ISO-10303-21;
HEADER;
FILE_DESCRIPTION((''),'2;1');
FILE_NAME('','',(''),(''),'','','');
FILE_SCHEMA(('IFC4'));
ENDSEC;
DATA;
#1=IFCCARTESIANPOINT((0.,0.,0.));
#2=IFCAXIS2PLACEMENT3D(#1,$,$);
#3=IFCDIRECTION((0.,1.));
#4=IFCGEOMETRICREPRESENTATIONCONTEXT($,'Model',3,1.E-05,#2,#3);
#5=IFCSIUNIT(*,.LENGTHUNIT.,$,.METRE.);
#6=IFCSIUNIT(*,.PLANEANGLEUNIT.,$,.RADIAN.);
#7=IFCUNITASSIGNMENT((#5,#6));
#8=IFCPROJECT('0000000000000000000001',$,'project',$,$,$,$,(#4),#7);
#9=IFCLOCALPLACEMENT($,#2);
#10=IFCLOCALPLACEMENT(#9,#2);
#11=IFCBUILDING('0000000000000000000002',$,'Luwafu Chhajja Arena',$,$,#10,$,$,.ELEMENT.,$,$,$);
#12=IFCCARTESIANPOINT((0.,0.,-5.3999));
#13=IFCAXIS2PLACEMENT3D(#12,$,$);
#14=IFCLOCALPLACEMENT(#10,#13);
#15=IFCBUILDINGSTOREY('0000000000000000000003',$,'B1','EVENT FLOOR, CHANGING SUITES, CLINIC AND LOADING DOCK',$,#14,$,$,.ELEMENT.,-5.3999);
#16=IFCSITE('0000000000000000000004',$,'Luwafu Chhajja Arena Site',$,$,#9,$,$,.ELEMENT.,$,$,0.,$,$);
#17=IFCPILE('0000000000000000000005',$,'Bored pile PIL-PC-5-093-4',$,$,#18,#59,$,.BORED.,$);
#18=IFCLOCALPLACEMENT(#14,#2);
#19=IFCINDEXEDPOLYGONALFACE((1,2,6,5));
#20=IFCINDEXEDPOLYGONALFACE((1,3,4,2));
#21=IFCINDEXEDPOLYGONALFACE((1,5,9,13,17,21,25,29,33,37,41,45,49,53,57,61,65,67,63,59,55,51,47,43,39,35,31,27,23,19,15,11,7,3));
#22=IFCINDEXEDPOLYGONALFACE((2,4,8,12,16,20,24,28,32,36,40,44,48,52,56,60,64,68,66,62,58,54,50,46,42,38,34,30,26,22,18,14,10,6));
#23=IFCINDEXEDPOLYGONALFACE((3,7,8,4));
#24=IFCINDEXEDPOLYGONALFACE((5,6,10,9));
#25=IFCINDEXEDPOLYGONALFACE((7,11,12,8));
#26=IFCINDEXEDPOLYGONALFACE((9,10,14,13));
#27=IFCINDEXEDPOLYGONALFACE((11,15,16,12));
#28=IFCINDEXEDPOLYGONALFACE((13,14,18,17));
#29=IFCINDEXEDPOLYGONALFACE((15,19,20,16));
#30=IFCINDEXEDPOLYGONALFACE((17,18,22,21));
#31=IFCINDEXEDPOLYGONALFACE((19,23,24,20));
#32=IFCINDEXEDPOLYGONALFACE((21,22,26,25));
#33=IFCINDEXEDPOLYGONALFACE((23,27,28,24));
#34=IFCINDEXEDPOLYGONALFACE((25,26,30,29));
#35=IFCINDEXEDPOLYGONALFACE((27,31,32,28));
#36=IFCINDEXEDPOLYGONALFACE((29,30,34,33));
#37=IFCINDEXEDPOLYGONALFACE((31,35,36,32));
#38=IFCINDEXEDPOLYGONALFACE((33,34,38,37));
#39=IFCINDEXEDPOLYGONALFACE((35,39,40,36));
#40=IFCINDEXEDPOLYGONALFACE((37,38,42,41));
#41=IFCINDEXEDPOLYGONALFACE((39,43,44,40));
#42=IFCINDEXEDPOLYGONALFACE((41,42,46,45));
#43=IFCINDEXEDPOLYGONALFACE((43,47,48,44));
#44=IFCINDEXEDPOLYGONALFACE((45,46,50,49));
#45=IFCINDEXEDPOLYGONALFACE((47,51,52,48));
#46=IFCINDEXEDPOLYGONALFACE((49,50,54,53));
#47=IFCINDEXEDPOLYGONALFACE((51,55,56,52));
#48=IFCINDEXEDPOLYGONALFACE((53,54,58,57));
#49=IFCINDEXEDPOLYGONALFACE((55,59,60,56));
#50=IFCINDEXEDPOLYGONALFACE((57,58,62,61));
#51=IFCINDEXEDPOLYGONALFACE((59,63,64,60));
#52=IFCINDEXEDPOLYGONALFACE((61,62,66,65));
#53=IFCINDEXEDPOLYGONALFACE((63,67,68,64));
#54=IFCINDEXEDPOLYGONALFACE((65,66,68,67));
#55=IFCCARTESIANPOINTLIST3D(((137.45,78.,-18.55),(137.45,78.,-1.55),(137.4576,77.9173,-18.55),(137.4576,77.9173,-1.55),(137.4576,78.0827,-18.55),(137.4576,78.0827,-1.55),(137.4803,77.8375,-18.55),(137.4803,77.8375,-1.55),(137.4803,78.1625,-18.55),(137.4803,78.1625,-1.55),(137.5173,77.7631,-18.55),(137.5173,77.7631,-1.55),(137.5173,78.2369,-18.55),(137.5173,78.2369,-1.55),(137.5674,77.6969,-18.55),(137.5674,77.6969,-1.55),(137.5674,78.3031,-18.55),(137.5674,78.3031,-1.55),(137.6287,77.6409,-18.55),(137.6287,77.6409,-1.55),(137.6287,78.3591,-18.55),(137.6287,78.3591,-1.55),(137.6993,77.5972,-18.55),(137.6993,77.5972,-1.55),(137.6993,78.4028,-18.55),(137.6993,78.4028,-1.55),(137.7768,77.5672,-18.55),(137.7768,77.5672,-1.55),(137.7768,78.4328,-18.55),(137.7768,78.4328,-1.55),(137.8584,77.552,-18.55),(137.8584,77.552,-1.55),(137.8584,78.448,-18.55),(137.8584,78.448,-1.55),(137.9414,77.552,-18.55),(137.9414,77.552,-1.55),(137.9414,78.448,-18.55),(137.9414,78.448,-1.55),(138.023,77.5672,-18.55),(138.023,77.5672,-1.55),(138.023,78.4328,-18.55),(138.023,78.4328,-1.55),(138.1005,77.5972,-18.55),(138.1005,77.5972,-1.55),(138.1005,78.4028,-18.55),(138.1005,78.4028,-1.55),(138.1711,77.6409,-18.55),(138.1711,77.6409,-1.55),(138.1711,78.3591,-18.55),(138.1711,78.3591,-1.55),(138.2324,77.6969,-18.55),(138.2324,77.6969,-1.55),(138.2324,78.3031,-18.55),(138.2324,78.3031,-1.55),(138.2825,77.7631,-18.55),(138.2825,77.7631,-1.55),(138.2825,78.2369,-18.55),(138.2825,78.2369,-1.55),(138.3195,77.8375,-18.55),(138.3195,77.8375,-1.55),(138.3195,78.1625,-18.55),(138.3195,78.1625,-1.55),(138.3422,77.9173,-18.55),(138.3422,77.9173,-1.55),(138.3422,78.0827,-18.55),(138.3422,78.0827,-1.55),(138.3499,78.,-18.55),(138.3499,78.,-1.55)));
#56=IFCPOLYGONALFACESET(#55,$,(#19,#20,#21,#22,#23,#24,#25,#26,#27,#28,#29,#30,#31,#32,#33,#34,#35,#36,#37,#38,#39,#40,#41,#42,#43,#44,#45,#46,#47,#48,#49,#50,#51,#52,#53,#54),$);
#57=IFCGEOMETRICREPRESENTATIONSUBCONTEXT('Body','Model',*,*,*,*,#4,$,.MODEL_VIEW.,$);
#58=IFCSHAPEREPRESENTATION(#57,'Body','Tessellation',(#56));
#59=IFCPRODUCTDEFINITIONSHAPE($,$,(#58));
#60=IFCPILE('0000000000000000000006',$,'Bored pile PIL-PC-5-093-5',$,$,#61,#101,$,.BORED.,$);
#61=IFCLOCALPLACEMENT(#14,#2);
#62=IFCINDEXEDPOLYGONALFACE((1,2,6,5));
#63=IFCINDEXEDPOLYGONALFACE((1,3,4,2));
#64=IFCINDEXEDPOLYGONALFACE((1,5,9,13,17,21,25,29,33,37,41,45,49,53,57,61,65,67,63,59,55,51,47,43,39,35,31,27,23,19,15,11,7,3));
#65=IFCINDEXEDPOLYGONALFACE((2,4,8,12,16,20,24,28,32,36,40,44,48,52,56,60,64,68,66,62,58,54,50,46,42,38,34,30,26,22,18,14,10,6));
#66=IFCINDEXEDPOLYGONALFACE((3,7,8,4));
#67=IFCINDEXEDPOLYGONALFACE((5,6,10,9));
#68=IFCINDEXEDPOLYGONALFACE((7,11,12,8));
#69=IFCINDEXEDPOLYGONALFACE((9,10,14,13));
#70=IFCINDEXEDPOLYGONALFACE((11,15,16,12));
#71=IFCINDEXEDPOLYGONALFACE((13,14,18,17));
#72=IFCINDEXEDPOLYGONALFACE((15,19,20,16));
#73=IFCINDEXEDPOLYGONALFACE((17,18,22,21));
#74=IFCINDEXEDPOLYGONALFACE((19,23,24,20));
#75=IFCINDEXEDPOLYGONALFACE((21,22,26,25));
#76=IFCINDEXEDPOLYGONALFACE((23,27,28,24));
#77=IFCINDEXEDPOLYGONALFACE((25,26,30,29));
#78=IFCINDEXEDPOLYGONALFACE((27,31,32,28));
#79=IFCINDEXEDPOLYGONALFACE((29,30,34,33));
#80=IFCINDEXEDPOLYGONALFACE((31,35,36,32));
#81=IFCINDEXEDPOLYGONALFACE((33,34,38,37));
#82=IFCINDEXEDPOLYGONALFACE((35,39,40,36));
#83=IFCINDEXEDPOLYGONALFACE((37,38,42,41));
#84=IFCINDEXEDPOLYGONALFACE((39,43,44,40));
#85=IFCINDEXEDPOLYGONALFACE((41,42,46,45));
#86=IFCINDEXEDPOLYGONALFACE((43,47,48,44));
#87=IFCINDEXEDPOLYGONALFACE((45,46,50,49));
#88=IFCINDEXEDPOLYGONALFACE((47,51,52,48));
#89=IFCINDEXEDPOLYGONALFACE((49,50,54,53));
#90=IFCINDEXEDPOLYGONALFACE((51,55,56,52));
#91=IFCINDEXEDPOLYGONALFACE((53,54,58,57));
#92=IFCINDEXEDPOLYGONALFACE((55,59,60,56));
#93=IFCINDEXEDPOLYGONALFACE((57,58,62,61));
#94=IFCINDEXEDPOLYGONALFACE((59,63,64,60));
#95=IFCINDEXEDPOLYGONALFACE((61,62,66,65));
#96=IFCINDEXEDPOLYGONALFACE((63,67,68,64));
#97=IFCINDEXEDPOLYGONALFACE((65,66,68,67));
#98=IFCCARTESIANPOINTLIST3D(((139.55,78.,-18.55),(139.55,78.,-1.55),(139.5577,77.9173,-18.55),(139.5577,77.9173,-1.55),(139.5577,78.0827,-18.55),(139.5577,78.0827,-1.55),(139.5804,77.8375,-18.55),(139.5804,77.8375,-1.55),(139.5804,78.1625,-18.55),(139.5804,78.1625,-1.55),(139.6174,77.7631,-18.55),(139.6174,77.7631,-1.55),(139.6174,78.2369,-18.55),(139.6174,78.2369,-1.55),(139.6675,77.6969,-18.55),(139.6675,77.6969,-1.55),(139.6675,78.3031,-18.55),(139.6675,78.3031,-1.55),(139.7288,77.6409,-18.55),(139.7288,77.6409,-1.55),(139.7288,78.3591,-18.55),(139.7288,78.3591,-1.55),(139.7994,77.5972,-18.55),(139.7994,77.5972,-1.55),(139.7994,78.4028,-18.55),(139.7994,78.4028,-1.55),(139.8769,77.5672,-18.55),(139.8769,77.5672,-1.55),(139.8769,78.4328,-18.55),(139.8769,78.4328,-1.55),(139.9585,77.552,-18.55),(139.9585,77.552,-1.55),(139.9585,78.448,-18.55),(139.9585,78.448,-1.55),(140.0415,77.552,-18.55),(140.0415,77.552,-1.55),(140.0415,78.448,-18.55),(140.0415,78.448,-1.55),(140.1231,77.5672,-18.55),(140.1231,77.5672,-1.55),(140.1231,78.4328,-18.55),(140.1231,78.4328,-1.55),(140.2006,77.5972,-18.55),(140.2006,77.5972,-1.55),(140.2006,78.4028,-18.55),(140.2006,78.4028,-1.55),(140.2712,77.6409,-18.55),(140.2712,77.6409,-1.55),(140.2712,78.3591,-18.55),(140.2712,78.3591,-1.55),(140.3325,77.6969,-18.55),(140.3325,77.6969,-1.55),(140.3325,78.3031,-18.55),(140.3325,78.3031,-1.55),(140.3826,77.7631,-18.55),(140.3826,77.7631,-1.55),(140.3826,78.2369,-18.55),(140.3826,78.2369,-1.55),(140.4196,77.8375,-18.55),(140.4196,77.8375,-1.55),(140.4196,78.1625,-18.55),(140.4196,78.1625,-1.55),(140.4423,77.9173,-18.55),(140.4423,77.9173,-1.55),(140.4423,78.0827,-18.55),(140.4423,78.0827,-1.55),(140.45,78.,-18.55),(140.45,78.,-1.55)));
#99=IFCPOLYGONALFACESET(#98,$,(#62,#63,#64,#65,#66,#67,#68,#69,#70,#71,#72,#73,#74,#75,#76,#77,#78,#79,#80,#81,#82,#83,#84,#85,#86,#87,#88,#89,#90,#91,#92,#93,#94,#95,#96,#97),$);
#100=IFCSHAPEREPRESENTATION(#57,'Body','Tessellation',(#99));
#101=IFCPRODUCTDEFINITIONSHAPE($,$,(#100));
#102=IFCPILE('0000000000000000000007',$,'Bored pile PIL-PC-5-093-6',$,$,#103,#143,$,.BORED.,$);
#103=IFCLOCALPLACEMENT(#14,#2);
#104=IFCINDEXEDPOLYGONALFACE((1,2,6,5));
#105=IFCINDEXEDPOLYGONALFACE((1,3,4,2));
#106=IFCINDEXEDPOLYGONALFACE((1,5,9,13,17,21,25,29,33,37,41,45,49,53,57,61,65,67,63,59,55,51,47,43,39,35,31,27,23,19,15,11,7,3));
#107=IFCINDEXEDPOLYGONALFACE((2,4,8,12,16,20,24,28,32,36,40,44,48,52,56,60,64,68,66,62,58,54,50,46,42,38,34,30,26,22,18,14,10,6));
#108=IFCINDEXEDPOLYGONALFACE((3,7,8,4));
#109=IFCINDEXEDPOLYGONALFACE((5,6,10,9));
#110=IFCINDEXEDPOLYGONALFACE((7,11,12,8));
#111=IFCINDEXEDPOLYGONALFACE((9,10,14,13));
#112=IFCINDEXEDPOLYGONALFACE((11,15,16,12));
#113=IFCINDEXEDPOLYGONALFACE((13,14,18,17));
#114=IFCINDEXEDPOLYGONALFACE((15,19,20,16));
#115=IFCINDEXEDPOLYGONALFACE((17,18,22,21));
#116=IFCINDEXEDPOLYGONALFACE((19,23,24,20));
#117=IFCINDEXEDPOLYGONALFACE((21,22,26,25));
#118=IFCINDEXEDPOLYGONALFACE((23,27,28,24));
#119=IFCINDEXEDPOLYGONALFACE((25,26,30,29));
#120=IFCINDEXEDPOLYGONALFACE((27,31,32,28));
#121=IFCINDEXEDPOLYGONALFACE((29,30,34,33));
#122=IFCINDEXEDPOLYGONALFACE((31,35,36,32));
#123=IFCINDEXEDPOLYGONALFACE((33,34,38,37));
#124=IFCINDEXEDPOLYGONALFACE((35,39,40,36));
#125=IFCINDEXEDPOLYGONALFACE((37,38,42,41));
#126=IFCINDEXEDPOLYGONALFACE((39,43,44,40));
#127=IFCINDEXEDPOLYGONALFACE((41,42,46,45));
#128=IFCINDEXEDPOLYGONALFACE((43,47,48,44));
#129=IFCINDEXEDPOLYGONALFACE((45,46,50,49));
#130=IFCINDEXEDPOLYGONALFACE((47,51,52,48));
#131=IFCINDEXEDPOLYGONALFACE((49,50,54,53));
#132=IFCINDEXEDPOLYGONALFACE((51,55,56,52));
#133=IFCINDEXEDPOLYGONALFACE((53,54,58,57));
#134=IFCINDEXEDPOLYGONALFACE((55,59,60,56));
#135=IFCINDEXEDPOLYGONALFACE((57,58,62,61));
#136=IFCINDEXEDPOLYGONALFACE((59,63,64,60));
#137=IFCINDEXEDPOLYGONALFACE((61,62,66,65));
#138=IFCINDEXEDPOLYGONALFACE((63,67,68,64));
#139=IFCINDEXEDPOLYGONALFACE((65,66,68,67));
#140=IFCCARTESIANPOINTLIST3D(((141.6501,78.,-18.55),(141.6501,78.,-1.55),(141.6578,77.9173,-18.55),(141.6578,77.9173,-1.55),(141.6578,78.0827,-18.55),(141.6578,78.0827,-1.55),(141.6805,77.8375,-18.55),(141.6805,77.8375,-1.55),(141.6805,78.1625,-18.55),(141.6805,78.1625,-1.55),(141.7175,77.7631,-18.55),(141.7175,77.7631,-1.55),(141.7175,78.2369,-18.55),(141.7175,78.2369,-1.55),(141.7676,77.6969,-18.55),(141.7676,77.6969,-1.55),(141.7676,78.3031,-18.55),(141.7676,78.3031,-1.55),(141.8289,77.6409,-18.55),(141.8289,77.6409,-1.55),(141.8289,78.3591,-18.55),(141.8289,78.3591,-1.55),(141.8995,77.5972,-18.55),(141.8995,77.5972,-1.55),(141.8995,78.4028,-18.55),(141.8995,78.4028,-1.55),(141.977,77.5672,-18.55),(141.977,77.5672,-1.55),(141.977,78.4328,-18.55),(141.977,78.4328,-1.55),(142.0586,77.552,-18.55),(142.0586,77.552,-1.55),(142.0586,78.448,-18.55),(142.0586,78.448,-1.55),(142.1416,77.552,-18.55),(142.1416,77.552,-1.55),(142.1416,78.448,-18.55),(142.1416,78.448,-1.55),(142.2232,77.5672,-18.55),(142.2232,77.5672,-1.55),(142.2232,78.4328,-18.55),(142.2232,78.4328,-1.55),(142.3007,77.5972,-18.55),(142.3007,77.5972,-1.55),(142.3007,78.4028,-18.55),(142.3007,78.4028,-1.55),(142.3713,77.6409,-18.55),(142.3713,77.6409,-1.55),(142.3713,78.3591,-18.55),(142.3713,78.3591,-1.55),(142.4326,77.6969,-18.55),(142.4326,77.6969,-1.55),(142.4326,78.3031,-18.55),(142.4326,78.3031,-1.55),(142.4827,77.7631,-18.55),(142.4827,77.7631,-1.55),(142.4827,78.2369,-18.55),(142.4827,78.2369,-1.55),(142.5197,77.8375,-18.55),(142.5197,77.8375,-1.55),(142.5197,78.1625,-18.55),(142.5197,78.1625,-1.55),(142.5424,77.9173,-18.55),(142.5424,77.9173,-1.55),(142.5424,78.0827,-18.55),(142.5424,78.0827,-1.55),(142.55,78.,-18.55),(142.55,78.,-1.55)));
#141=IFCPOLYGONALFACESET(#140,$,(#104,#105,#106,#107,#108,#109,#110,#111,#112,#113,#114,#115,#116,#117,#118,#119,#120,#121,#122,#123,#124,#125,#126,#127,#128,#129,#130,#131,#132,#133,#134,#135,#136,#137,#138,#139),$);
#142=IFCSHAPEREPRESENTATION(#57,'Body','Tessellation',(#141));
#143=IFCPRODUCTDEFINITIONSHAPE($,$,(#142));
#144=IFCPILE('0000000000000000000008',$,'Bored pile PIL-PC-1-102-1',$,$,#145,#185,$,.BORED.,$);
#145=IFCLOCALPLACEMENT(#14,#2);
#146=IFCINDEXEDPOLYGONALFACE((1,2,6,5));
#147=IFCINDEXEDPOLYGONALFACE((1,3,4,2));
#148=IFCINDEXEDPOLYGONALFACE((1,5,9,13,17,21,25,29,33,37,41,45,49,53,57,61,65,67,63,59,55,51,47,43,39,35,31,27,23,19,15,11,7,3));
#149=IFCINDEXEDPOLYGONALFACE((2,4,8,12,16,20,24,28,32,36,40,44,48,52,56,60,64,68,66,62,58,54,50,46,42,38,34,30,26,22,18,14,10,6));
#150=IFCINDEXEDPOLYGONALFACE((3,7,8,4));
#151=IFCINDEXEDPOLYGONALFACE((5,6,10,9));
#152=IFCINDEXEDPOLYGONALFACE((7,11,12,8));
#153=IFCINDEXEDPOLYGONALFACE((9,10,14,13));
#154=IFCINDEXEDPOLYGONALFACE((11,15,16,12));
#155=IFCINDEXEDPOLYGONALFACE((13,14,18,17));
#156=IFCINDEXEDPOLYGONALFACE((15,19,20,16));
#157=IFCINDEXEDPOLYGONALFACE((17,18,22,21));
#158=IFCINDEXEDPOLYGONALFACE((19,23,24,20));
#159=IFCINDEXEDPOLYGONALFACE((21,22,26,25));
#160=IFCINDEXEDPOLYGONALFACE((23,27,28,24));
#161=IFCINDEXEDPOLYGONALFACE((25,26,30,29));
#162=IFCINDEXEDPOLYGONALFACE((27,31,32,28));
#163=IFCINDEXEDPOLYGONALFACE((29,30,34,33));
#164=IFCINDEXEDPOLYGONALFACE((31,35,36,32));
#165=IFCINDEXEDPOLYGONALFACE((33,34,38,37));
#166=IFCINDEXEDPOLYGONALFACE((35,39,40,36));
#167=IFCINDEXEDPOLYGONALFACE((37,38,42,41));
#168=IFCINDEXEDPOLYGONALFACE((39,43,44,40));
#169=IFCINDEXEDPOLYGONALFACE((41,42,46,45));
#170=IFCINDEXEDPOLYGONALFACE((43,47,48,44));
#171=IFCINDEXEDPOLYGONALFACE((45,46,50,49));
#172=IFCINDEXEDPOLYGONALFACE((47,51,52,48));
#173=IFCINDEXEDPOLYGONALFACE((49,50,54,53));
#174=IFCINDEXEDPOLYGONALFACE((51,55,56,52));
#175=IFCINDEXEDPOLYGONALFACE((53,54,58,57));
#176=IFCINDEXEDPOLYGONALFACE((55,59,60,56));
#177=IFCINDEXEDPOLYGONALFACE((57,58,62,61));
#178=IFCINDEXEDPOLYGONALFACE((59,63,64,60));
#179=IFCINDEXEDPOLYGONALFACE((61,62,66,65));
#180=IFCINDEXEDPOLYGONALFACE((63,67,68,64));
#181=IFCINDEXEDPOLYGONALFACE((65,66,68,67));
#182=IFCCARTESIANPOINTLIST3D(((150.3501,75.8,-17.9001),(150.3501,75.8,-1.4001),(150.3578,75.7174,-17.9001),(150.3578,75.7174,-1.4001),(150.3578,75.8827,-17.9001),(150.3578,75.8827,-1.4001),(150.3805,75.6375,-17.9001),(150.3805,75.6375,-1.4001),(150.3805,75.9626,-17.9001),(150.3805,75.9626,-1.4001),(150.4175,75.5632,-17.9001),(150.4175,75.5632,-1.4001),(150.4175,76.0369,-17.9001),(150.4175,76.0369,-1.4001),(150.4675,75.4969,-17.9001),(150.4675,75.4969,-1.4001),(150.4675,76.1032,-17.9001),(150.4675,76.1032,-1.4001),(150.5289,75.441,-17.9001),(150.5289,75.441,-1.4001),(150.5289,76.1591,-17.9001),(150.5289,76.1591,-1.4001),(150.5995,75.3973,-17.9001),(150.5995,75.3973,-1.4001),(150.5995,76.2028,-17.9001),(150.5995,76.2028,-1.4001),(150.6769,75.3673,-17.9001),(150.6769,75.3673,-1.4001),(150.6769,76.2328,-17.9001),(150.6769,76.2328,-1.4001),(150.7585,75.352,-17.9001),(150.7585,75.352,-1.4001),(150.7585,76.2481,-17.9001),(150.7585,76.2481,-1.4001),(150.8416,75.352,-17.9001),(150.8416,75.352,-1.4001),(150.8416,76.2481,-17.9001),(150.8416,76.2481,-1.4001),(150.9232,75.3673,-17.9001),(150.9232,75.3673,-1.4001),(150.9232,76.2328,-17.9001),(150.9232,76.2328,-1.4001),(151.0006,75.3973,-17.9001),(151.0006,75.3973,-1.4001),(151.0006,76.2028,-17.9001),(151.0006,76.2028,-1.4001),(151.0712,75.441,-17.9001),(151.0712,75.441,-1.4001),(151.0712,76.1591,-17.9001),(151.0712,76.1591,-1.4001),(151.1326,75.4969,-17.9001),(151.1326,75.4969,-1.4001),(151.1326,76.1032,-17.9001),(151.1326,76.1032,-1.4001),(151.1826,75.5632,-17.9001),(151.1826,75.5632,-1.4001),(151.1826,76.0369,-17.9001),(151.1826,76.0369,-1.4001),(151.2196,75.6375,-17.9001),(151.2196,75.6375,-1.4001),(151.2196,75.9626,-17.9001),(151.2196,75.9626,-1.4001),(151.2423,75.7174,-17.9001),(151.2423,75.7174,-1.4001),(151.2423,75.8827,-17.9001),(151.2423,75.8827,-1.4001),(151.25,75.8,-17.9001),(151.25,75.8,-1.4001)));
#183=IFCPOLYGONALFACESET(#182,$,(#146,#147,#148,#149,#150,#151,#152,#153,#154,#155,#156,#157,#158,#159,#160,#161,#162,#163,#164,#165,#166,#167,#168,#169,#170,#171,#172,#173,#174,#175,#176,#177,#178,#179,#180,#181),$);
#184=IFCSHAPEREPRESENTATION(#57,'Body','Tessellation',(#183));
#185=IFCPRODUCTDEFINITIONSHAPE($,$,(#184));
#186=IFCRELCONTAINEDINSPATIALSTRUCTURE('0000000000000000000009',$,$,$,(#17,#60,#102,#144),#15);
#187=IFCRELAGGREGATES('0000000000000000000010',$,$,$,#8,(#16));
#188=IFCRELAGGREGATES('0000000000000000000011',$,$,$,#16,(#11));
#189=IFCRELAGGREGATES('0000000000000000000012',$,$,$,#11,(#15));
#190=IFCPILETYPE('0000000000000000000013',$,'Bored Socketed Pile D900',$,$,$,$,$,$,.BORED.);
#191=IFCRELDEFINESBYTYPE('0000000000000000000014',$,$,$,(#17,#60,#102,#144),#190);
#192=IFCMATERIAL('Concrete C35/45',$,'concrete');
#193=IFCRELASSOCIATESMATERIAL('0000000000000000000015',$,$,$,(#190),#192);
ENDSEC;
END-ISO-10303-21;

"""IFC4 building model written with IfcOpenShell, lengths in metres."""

from ifc_helpers import new_model, si_unit, direction, frame, origin, origin_2d, place, context, subcontext, project, spatial, circle, extrude, material, material_profile, profile_set, type_object, element, save


model = new_model("IFC4")

# Units and contexts
model_context = context("Model", 3, precision=1e-05, world=origin(), true_north=direction((0.0, 1.0)))
body_context = subcontext(model_context, "Body", "Model", "MODEL_VIEW")
ifc_project = project(units=[si_unit("LENGTHUNIT", "METRE"), si_unit("PLANEANGLEUNIT", "RADIAN")], contexts=[model_context])

# Site, building, storey
site_placement = place(None, origin())
site = spatial("IfcSite", under=ifc_project, at=site_placement, Name="Luwafu Chhajja Arena Site", CompositionType="ELEMENT", RefElevation=0.0)
building_placement = place(site_placement, origin())
building = spatial("IfcBuilding", under=site, at=building_placement, Name="Luwafu Chhajja Arena", CompositionType="ELEMENT")
storey_placement = place(building_placement, frame((0.0, 0.0, -5.3999)))
storey = spatial("IfcBuildingStorey", under=building, at=storey_placement, Name="B1", Description="EVENT FLOOR, CHANGING SUITES, CLINIC AND LOADING DOCK", CompositionType="ELEMENT", Elevation=-5.3999)

# Piles
ifc_material_1 = material(Name="Concrete C35/45", Category="concrete")
ifc_material_profile_1 = material_profile(ifc_material_1, circle(Radius=0.45, at=origin_2d()), Name="PILE D900")
ifc_profile_set_1 = profile_set([ifc_material_profile_1], Name="Concrete C35/45")
pile_type_1 = type_object("IfcPileType", Name="Bored Socketed Pile D900", PredefinedType="BORED", material=ifc_profile_set_1)
for number, where, z_axis, x_axis, name in (
    (1, (137.8999, 78.0, -1.55), (0.0, 0.0, -1.0), (1.0, 0.0, 0.0), "Bored pile PIL-PC-5-093-4"),
    (2, (140.0, 78.0, -1.55), (0.0, 0.0, -1.0), (1.0, 0.0, 0.0), "Bored pile PIL-PC-5-093-5"),
    (3, (142.1001, 78.0, -1.55), (0.0, 0.0, -1.0), (1.0, 0.0, 0.0), "Bored pile PIL-PC-5-093-6"),
):
    element("IfcPile", number, at=place(storey_placement, frame(where, z_axis=z_axis, x_axis=x_axis)), inside=storey, type_object=pile_type_1, Name=name, PredefinedType="BORED", context=body_context, shape_type="SweptSolid", body=[
        extrude(circle(Radius=0.45, at=origin_2d()), origin(), (0.0, 0.0, 1.0), 17.0),
    ])
for number, where, z_axis, x_axis, name in (
    (4, (150.8, 75.8, -1.4001), (0.0, 0.0, -1.0), (1.0, 0.0, 0.0), "Bored pile PIL-PC-1-102-1"),
):
    element("IfcPile", number, at=place(storey_placement, frame(where, z_axis=z_axis, x_axis=x_axis)), inside=storey, type_object=pile_type_1, Name=name, PredefinedType="BORED", context=body_context, shape_type="SweptSolid", body=[
        extrude(circle(Radius=0.45, at=origin_2d()), origin(), (0.0, 0.0, 1.0), 16.5),
    ])

save(model, "model.ifc")
